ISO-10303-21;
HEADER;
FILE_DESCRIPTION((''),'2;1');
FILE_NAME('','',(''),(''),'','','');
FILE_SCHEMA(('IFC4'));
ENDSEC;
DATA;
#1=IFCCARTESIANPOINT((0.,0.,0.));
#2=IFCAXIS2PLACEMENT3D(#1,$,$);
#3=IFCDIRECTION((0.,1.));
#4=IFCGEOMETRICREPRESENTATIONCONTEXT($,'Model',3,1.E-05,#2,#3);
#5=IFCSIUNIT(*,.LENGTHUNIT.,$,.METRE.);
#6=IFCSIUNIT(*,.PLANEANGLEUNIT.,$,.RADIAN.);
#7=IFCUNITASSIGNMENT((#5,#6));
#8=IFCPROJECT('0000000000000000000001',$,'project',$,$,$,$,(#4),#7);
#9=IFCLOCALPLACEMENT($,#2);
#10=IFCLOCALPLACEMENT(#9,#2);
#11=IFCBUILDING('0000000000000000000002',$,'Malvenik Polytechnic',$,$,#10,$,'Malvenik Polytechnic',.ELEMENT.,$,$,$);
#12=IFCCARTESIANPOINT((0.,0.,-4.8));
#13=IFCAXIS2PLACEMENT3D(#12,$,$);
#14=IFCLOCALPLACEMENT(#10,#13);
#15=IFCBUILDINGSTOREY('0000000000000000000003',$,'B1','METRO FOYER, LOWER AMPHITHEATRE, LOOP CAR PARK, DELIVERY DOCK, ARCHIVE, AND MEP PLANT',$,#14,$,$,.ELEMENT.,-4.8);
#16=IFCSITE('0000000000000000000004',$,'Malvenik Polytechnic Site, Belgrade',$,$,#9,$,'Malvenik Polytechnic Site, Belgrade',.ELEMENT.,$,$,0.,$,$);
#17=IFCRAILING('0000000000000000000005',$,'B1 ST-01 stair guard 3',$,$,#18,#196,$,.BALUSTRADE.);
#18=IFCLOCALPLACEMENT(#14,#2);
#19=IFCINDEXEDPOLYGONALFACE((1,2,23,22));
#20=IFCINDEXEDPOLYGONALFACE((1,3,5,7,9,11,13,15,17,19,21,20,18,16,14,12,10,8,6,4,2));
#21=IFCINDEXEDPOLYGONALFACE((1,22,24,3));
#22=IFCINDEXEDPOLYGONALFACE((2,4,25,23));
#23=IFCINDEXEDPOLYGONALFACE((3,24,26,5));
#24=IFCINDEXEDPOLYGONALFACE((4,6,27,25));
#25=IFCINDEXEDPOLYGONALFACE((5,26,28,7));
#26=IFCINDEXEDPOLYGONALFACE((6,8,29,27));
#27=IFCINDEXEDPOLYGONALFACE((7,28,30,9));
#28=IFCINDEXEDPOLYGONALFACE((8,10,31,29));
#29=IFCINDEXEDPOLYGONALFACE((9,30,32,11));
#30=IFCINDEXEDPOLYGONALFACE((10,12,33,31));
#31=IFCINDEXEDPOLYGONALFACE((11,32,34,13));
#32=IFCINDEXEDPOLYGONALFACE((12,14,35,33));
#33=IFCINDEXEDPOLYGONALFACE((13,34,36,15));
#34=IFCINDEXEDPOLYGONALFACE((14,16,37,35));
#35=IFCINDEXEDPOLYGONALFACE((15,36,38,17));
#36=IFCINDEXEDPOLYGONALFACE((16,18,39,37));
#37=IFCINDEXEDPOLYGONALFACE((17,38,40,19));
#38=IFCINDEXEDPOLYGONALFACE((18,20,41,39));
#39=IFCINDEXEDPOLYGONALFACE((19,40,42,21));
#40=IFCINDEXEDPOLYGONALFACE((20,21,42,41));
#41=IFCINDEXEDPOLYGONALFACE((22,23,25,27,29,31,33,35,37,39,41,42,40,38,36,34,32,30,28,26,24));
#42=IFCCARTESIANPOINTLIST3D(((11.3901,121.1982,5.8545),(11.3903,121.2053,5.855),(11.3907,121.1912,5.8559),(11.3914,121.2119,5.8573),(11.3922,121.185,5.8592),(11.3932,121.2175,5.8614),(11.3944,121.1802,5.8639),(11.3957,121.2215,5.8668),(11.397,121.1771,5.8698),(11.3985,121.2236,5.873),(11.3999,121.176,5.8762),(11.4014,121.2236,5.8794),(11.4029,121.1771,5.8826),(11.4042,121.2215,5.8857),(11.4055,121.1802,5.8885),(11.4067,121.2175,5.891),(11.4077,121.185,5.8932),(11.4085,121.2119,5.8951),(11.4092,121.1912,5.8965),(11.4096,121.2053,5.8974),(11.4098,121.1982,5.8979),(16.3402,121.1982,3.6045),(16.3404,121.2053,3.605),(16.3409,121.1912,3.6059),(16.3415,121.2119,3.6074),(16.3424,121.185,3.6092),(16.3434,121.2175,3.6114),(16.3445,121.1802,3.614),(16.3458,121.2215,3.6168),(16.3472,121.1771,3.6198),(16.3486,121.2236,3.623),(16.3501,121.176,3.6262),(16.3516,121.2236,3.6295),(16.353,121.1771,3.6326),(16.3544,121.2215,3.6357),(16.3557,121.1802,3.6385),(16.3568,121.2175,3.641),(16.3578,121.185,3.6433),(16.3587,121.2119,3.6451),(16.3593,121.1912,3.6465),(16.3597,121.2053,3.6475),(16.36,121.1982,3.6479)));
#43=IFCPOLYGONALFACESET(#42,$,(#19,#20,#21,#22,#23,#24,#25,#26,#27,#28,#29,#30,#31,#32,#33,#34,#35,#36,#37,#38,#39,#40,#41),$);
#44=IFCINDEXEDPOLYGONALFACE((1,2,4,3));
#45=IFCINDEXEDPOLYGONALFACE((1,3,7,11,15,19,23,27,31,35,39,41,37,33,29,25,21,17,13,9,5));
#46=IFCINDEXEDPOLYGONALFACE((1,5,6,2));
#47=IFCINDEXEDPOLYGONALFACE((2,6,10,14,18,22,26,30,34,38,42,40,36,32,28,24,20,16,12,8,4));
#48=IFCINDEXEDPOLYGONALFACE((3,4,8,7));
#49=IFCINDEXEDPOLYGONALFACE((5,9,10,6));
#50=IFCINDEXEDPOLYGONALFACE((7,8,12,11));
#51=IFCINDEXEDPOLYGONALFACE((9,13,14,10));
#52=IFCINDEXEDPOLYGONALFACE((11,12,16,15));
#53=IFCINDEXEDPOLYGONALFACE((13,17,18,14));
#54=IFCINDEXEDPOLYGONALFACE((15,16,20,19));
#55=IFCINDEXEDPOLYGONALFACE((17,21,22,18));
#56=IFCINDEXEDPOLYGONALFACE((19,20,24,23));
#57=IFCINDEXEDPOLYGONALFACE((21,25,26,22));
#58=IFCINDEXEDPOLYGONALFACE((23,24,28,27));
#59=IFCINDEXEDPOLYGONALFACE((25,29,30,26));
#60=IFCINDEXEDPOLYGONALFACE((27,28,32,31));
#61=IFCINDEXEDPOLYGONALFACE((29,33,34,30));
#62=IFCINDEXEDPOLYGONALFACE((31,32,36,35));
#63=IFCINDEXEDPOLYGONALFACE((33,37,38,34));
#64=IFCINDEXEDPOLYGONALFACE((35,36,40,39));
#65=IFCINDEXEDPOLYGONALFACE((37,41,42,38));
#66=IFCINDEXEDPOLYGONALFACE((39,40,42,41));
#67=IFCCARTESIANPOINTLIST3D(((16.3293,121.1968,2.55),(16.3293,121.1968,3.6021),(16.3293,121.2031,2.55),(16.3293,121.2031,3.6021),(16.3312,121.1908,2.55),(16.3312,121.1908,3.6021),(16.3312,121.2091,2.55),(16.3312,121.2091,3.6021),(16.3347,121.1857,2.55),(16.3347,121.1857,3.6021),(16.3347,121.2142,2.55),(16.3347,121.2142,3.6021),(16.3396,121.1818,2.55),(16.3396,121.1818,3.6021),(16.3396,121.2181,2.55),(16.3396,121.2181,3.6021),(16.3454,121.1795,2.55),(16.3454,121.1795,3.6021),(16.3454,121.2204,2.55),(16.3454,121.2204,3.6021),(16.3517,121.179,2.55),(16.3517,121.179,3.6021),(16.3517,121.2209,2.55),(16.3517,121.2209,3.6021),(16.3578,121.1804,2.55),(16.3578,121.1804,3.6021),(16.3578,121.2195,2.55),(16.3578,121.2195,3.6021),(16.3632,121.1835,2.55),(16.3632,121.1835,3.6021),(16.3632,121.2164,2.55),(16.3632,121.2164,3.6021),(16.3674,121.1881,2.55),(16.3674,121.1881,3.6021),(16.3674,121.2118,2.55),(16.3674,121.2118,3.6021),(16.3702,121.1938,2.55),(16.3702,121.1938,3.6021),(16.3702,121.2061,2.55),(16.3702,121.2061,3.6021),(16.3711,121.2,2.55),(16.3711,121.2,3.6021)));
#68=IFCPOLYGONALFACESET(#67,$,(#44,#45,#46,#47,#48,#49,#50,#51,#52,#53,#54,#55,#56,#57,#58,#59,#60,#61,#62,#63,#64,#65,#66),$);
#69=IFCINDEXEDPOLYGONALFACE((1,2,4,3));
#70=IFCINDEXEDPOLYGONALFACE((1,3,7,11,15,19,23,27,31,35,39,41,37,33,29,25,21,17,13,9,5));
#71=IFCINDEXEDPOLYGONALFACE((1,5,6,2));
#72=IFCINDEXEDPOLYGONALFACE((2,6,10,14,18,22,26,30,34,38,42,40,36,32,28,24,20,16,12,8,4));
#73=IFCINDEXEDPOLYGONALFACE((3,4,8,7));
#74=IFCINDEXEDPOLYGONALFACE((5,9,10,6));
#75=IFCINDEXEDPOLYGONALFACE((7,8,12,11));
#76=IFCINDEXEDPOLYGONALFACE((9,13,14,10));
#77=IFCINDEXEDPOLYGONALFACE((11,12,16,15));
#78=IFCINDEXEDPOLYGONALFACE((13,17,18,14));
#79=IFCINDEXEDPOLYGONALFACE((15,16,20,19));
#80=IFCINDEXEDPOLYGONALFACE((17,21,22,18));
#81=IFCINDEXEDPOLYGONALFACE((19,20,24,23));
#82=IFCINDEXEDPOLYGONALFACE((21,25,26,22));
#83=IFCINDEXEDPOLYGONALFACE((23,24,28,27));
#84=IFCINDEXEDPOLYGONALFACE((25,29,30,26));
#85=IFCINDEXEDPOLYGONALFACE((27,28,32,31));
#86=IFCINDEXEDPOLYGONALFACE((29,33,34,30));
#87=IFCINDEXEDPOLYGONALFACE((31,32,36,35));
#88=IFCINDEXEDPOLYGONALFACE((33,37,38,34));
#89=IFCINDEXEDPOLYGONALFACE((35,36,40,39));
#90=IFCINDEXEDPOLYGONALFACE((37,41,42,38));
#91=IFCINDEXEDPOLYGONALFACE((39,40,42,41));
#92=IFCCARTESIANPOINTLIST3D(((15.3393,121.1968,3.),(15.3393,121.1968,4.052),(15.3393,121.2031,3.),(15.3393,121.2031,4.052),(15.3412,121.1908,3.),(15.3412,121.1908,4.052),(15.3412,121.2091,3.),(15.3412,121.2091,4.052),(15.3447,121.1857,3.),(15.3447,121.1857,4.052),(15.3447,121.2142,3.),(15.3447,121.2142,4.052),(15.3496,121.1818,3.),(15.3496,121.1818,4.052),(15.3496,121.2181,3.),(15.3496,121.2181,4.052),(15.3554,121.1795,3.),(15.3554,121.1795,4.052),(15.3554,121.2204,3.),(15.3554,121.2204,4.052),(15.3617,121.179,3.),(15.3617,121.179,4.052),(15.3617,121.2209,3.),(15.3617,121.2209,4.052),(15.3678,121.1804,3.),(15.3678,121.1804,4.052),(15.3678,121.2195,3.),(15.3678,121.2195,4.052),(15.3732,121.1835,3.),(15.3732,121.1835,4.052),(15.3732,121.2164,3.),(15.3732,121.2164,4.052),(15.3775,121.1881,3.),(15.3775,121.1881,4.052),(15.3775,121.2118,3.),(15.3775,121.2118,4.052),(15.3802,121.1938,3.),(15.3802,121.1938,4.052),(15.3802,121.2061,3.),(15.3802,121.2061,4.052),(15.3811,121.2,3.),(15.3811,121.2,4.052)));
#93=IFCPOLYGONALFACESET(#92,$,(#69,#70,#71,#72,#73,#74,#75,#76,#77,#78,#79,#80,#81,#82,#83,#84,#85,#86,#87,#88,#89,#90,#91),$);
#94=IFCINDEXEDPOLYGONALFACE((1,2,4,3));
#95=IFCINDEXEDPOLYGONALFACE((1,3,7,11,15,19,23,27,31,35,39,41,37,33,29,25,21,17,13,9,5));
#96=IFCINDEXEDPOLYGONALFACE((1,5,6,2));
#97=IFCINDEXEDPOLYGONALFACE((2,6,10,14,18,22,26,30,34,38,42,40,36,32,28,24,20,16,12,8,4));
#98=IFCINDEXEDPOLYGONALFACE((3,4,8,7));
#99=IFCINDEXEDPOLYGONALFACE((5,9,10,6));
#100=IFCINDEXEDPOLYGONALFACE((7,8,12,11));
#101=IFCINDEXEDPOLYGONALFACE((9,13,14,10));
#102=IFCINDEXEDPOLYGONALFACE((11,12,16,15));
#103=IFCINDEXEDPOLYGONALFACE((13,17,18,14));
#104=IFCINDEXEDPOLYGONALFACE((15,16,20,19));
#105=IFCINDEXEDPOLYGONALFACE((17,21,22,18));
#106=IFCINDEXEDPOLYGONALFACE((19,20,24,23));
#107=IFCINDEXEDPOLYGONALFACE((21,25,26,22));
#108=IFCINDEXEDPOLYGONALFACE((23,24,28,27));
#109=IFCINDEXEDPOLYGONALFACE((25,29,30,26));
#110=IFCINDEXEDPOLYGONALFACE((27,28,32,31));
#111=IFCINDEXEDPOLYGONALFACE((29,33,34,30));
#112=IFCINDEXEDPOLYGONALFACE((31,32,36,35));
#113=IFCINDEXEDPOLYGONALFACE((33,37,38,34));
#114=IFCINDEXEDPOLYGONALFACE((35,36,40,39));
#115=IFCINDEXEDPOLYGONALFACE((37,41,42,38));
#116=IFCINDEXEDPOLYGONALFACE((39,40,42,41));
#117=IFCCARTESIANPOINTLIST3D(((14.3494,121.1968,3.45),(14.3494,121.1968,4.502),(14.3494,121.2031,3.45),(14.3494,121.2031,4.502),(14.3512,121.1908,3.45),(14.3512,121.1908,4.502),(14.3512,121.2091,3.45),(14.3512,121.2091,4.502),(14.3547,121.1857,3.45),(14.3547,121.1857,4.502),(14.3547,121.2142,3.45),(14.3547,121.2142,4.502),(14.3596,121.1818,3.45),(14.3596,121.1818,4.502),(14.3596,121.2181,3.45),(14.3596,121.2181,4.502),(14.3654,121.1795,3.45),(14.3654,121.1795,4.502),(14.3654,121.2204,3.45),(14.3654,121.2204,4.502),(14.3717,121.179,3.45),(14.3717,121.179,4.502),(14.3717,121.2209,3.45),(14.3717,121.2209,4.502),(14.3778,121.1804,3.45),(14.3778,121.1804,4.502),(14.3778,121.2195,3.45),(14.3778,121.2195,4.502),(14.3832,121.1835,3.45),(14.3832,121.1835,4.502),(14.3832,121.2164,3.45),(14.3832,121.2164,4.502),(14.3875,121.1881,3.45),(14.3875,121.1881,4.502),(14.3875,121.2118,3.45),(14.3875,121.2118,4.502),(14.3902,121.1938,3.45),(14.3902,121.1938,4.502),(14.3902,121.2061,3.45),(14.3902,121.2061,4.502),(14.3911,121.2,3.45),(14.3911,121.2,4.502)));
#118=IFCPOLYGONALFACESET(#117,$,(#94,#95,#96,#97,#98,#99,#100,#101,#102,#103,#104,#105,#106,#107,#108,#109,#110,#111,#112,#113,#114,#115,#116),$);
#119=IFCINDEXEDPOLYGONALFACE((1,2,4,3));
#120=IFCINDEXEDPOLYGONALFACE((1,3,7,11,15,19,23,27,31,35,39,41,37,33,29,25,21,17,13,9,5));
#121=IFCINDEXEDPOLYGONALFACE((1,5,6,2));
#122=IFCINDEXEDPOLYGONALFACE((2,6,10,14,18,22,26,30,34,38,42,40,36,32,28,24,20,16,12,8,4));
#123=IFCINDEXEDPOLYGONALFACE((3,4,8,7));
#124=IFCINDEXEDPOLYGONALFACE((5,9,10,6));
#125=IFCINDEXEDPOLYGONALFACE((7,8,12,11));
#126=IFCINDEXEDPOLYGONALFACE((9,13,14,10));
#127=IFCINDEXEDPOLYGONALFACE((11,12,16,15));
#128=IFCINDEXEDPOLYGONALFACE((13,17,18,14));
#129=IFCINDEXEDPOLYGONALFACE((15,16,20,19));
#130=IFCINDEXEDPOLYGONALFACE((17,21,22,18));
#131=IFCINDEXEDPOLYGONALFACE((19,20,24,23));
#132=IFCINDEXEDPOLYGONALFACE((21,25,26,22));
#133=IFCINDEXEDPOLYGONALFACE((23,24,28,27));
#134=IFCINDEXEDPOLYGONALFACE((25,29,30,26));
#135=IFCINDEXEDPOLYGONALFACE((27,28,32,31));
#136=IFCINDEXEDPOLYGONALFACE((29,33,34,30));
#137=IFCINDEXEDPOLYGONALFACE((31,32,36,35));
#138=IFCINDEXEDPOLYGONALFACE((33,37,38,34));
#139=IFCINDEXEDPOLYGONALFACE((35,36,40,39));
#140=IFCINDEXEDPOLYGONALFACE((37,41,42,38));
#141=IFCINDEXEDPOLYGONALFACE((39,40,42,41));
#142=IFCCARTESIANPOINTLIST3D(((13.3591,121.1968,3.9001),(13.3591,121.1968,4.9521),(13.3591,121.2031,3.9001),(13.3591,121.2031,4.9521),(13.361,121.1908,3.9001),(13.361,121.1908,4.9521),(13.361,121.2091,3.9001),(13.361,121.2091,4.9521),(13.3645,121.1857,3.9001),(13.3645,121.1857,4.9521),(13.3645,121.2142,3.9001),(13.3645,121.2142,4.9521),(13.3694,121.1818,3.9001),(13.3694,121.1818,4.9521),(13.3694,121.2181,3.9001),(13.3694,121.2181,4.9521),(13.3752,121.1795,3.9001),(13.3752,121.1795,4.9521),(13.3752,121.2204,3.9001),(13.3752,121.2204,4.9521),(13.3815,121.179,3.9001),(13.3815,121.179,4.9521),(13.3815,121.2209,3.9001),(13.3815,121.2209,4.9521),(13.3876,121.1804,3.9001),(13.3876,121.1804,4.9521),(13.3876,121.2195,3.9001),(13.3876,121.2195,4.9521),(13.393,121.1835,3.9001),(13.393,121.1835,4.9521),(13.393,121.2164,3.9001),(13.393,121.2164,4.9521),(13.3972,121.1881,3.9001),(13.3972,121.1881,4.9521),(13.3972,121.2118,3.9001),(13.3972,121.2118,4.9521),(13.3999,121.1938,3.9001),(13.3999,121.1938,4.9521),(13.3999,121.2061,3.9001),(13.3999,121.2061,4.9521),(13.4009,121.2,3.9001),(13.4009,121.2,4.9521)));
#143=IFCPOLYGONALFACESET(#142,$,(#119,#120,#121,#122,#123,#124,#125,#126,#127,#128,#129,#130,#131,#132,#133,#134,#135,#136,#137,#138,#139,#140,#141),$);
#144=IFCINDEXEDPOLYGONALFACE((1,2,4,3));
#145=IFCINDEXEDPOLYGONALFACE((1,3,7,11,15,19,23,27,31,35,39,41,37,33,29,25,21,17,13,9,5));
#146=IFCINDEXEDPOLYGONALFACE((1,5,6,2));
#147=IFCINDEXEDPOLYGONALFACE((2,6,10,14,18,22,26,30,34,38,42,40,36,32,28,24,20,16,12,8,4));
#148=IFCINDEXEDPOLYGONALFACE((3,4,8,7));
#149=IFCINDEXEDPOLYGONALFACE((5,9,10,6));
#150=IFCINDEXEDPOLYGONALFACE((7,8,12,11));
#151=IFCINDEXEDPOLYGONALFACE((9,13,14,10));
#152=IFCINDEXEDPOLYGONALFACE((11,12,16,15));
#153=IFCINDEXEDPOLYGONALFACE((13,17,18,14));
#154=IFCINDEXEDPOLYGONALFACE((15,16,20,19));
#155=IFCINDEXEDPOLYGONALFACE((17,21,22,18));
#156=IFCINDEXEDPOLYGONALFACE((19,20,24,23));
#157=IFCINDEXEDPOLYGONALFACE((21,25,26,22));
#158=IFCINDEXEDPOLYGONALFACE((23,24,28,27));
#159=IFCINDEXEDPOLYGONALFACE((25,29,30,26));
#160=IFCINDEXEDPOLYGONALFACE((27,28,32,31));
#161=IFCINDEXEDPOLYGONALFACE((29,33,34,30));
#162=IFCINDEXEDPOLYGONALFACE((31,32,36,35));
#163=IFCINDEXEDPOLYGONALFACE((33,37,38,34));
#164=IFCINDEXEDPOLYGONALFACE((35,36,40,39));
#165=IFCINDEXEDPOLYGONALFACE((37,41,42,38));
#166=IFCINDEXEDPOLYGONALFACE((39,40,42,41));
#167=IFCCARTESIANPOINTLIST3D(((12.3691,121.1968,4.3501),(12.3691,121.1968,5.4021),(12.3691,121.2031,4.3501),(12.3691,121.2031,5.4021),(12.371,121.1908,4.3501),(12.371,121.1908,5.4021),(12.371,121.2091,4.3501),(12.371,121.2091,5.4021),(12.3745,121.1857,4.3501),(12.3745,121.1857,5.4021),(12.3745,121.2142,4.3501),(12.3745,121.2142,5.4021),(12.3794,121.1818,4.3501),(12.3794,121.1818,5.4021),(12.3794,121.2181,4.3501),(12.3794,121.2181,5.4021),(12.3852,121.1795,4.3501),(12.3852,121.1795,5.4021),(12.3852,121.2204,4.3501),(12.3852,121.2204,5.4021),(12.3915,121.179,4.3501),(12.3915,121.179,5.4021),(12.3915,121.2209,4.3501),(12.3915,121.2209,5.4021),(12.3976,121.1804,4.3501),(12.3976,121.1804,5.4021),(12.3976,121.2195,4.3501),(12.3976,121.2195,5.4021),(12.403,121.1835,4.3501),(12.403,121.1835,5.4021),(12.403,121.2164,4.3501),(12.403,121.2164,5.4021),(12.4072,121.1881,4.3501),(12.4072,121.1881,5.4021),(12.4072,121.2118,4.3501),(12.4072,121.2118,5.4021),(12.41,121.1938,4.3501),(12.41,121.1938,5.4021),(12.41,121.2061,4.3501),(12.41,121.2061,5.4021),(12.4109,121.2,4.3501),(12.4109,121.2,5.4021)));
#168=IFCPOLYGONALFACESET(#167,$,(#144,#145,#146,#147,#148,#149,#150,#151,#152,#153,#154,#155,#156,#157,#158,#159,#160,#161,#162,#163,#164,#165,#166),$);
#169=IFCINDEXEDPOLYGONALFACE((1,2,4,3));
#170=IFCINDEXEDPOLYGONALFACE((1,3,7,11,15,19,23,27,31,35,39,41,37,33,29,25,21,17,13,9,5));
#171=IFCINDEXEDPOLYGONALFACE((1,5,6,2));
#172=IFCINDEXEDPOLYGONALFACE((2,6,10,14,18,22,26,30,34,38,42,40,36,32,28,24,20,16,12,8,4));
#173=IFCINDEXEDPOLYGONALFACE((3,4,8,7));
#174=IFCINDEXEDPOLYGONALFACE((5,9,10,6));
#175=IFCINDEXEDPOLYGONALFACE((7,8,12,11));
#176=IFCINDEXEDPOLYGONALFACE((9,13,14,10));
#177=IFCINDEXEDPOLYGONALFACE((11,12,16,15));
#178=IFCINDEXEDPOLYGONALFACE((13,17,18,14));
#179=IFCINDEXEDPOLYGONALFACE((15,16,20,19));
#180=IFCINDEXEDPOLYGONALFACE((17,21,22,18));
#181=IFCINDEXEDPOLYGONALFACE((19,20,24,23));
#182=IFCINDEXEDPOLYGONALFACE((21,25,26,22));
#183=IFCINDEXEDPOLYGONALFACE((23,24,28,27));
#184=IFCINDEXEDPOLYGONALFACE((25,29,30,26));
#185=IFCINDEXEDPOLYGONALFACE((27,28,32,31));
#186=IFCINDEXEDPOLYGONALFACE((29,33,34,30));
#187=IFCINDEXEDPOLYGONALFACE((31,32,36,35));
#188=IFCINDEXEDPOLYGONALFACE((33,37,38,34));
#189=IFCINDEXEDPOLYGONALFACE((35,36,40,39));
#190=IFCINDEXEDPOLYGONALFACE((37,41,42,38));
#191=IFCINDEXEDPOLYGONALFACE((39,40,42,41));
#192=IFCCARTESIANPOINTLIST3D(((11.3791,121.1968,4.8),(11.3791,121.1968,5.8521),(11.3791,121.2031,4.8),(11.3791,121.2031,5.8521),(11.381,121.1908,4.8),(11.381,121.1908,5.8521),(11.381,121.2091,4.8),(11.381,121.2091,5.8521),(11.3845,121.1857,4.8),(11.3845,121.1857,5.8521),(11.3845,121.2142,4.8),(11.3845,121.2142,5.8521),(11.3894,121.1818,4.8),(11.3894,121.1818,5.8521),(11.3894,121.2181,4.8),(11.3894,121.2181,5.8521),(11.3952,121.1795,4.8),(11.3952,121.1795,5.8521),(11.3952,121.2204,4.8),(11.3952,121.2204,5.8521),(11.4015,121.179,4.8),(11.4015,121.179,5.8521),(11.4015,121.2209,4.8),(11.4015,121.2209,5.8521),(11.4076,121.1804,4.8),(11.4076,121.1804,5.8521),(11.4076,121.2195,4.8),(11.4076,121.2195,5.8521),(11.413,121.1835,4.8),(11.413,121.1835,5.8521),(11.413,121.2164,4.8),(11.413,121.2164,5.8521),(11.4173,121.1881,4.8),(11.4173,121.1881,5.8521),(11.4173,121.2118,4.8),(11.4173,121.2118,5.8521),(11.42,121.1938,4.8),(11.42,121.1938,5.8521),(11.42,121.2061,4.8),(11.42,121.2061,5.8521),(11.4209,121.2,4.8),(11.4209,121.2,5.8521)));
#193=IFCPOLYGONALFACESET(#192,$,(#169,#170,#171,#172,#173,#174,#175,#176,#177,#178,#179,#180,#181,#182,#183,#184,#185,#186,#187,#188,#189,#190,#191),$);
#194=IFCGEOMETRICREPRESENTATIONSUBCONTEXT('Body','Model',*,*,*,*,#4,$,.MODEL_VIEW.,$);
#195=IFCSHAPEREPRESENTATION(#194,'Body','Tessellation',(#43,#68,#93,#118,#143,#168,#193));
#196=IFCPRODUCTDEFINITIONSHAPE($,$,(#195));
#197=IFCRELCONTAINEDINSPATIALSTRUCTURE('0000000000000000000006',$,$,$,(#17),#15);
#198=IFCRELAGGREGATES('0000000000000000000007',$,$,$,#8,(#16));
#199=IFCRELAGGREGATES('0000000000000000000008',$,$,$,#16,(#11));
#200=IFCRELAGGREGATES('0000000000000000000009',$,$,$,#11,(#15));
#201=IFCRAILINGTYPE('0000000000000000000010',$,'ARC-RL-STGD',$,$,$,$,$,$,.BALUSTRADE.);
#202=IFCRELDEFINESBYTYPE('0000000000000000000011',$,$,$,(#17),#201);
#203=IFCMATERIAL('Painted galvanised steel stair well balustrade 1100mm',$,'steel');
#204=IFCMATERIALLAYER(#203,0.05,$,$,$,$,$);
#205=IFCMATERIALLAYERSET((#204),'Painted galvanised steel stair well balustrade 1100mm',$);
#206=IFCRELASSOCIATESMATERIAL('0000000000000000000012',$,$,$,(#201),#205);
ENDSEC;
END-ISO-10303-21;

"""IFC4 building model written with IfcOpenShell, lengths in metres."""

from ifc_helpers import new_model, si_unit, direction, frame, origin, origin_2d, place, context, subcontext, project, spatial, circle, extrude, material, layer, layer_set, type_object, element, save


model = new_model("IFC4")

# Units and contexts
model_context = context("Model", 3, precision=1e-05, world=origin(), true_north=direction((0.0, 1.0)))
body_context = subcontext(model_context, "Body", "Model", "MODEL_VIEW")
ifc_project = project(units=[si_unit("LENGTHUNIT", "METRE"), si_unit("PLANEANGLEUNIT", "RADIAN")], contexts=[model_context])

# Site, building, storey
site_placement = place(None, origin())
site = spatial("IfcSite", under=ifc_project, at=site_placement, Name="Malvenik Polytechnic Site, Belgrade", LongName="Malvenik Polytechnic Site, Belgrade", CompositionType="ELEMENT", RefElevation=0.0)
building_placement = place(site_placement, origin())
building = spatial("IfcBuilding", under=site, at=building_placement, Name="Malvenik Polytechnic", LongName="Malvenik Polytechnic", CompositionType="ELEMENT")
storey_placement = place(building_placement, frame((0.0, 0.0, -4.8)))
storey = spatial("IfcBuildingStorey", under=building, at=storey_placement, Name="B1", Description="METRO FOYER, LOWER AMPHITHEATRE, LOOP CAR PARK, DELIVERY DOCK, ARCHIVE, AND MEP PLANT", CompositionType="ELEMENT", Elevation=-4.8)

# Railing
ifc_material_1 = material(Name="Painted galvanised steel stair well balustrade 1100mm", Category="steel")
ifc_layer_1 = layer(ifc_material_1, 0.05)
ifc_layer_set_1 = layer_set([ifc_layer_1], Name="Painted galvanised steel stair well balustrade 1100mm")
railing_type_1 = type_object("IfcRailingType", Name="ARC-RL-STGD", PredefinedType="BALUSTRADE", material=ifc_layer_set_1)
railing_1_placement = place(storey_placement, frame((16.3501, 121.2, 2.55)))
element("IfcRailing", 1, at=railing_1_placement, inside=storey, type_object=railing_type_1, Name="B1 ST-01 stair guard 3", PredefinedType="BALUSTRADE", context=body_context, shape_type="SweptSolid", body=[
    extrude(circle(Radius=0.0239, at=origin_2d()), frame((0.0, 0.0, 1.0762), z_axis=(-0.910373, 0.0, 0.413789), x_axis=(0.0, -1.0, 0.0)), (0.0, 0.0, 1.0), 5.4375),
    extrude(circle(Radius=0.021, at=origin_2d()), origin(), (0.0, 0.0, 1.0), 1.052),
    extrude(circle(Radius=0.021, at=origin_2d()), frame((-0.99, 0.0, 0.45)), (0.0, 0.0, 1.0), 1.052),
    extrude(circle(Radius=0.021, at=origin_2d()), frame((-1.98, 0.0, 0.8999)), (0.0, 0.0, 1.0), 1.052),
    extrude(circle(Radius=0.021, at=origin_2d()), frame((-2.9702, 0.0, 1.3501)), (0.0, 0.0, 1.0), 1.052),
    extrude(circle(Radius=0.021, at=origin_2d()), frame((-3.9602, 0.0, 1.8)), (0.0, 0.0, 1.0), 1.052),
    extrude(circle(Radius=0.021, at=origin_2d()), frame((-4.9502, 0.0, 2.25)), (0.0, 0.0, 1.0), 1.052),
])

save(model, "model.ifc")
